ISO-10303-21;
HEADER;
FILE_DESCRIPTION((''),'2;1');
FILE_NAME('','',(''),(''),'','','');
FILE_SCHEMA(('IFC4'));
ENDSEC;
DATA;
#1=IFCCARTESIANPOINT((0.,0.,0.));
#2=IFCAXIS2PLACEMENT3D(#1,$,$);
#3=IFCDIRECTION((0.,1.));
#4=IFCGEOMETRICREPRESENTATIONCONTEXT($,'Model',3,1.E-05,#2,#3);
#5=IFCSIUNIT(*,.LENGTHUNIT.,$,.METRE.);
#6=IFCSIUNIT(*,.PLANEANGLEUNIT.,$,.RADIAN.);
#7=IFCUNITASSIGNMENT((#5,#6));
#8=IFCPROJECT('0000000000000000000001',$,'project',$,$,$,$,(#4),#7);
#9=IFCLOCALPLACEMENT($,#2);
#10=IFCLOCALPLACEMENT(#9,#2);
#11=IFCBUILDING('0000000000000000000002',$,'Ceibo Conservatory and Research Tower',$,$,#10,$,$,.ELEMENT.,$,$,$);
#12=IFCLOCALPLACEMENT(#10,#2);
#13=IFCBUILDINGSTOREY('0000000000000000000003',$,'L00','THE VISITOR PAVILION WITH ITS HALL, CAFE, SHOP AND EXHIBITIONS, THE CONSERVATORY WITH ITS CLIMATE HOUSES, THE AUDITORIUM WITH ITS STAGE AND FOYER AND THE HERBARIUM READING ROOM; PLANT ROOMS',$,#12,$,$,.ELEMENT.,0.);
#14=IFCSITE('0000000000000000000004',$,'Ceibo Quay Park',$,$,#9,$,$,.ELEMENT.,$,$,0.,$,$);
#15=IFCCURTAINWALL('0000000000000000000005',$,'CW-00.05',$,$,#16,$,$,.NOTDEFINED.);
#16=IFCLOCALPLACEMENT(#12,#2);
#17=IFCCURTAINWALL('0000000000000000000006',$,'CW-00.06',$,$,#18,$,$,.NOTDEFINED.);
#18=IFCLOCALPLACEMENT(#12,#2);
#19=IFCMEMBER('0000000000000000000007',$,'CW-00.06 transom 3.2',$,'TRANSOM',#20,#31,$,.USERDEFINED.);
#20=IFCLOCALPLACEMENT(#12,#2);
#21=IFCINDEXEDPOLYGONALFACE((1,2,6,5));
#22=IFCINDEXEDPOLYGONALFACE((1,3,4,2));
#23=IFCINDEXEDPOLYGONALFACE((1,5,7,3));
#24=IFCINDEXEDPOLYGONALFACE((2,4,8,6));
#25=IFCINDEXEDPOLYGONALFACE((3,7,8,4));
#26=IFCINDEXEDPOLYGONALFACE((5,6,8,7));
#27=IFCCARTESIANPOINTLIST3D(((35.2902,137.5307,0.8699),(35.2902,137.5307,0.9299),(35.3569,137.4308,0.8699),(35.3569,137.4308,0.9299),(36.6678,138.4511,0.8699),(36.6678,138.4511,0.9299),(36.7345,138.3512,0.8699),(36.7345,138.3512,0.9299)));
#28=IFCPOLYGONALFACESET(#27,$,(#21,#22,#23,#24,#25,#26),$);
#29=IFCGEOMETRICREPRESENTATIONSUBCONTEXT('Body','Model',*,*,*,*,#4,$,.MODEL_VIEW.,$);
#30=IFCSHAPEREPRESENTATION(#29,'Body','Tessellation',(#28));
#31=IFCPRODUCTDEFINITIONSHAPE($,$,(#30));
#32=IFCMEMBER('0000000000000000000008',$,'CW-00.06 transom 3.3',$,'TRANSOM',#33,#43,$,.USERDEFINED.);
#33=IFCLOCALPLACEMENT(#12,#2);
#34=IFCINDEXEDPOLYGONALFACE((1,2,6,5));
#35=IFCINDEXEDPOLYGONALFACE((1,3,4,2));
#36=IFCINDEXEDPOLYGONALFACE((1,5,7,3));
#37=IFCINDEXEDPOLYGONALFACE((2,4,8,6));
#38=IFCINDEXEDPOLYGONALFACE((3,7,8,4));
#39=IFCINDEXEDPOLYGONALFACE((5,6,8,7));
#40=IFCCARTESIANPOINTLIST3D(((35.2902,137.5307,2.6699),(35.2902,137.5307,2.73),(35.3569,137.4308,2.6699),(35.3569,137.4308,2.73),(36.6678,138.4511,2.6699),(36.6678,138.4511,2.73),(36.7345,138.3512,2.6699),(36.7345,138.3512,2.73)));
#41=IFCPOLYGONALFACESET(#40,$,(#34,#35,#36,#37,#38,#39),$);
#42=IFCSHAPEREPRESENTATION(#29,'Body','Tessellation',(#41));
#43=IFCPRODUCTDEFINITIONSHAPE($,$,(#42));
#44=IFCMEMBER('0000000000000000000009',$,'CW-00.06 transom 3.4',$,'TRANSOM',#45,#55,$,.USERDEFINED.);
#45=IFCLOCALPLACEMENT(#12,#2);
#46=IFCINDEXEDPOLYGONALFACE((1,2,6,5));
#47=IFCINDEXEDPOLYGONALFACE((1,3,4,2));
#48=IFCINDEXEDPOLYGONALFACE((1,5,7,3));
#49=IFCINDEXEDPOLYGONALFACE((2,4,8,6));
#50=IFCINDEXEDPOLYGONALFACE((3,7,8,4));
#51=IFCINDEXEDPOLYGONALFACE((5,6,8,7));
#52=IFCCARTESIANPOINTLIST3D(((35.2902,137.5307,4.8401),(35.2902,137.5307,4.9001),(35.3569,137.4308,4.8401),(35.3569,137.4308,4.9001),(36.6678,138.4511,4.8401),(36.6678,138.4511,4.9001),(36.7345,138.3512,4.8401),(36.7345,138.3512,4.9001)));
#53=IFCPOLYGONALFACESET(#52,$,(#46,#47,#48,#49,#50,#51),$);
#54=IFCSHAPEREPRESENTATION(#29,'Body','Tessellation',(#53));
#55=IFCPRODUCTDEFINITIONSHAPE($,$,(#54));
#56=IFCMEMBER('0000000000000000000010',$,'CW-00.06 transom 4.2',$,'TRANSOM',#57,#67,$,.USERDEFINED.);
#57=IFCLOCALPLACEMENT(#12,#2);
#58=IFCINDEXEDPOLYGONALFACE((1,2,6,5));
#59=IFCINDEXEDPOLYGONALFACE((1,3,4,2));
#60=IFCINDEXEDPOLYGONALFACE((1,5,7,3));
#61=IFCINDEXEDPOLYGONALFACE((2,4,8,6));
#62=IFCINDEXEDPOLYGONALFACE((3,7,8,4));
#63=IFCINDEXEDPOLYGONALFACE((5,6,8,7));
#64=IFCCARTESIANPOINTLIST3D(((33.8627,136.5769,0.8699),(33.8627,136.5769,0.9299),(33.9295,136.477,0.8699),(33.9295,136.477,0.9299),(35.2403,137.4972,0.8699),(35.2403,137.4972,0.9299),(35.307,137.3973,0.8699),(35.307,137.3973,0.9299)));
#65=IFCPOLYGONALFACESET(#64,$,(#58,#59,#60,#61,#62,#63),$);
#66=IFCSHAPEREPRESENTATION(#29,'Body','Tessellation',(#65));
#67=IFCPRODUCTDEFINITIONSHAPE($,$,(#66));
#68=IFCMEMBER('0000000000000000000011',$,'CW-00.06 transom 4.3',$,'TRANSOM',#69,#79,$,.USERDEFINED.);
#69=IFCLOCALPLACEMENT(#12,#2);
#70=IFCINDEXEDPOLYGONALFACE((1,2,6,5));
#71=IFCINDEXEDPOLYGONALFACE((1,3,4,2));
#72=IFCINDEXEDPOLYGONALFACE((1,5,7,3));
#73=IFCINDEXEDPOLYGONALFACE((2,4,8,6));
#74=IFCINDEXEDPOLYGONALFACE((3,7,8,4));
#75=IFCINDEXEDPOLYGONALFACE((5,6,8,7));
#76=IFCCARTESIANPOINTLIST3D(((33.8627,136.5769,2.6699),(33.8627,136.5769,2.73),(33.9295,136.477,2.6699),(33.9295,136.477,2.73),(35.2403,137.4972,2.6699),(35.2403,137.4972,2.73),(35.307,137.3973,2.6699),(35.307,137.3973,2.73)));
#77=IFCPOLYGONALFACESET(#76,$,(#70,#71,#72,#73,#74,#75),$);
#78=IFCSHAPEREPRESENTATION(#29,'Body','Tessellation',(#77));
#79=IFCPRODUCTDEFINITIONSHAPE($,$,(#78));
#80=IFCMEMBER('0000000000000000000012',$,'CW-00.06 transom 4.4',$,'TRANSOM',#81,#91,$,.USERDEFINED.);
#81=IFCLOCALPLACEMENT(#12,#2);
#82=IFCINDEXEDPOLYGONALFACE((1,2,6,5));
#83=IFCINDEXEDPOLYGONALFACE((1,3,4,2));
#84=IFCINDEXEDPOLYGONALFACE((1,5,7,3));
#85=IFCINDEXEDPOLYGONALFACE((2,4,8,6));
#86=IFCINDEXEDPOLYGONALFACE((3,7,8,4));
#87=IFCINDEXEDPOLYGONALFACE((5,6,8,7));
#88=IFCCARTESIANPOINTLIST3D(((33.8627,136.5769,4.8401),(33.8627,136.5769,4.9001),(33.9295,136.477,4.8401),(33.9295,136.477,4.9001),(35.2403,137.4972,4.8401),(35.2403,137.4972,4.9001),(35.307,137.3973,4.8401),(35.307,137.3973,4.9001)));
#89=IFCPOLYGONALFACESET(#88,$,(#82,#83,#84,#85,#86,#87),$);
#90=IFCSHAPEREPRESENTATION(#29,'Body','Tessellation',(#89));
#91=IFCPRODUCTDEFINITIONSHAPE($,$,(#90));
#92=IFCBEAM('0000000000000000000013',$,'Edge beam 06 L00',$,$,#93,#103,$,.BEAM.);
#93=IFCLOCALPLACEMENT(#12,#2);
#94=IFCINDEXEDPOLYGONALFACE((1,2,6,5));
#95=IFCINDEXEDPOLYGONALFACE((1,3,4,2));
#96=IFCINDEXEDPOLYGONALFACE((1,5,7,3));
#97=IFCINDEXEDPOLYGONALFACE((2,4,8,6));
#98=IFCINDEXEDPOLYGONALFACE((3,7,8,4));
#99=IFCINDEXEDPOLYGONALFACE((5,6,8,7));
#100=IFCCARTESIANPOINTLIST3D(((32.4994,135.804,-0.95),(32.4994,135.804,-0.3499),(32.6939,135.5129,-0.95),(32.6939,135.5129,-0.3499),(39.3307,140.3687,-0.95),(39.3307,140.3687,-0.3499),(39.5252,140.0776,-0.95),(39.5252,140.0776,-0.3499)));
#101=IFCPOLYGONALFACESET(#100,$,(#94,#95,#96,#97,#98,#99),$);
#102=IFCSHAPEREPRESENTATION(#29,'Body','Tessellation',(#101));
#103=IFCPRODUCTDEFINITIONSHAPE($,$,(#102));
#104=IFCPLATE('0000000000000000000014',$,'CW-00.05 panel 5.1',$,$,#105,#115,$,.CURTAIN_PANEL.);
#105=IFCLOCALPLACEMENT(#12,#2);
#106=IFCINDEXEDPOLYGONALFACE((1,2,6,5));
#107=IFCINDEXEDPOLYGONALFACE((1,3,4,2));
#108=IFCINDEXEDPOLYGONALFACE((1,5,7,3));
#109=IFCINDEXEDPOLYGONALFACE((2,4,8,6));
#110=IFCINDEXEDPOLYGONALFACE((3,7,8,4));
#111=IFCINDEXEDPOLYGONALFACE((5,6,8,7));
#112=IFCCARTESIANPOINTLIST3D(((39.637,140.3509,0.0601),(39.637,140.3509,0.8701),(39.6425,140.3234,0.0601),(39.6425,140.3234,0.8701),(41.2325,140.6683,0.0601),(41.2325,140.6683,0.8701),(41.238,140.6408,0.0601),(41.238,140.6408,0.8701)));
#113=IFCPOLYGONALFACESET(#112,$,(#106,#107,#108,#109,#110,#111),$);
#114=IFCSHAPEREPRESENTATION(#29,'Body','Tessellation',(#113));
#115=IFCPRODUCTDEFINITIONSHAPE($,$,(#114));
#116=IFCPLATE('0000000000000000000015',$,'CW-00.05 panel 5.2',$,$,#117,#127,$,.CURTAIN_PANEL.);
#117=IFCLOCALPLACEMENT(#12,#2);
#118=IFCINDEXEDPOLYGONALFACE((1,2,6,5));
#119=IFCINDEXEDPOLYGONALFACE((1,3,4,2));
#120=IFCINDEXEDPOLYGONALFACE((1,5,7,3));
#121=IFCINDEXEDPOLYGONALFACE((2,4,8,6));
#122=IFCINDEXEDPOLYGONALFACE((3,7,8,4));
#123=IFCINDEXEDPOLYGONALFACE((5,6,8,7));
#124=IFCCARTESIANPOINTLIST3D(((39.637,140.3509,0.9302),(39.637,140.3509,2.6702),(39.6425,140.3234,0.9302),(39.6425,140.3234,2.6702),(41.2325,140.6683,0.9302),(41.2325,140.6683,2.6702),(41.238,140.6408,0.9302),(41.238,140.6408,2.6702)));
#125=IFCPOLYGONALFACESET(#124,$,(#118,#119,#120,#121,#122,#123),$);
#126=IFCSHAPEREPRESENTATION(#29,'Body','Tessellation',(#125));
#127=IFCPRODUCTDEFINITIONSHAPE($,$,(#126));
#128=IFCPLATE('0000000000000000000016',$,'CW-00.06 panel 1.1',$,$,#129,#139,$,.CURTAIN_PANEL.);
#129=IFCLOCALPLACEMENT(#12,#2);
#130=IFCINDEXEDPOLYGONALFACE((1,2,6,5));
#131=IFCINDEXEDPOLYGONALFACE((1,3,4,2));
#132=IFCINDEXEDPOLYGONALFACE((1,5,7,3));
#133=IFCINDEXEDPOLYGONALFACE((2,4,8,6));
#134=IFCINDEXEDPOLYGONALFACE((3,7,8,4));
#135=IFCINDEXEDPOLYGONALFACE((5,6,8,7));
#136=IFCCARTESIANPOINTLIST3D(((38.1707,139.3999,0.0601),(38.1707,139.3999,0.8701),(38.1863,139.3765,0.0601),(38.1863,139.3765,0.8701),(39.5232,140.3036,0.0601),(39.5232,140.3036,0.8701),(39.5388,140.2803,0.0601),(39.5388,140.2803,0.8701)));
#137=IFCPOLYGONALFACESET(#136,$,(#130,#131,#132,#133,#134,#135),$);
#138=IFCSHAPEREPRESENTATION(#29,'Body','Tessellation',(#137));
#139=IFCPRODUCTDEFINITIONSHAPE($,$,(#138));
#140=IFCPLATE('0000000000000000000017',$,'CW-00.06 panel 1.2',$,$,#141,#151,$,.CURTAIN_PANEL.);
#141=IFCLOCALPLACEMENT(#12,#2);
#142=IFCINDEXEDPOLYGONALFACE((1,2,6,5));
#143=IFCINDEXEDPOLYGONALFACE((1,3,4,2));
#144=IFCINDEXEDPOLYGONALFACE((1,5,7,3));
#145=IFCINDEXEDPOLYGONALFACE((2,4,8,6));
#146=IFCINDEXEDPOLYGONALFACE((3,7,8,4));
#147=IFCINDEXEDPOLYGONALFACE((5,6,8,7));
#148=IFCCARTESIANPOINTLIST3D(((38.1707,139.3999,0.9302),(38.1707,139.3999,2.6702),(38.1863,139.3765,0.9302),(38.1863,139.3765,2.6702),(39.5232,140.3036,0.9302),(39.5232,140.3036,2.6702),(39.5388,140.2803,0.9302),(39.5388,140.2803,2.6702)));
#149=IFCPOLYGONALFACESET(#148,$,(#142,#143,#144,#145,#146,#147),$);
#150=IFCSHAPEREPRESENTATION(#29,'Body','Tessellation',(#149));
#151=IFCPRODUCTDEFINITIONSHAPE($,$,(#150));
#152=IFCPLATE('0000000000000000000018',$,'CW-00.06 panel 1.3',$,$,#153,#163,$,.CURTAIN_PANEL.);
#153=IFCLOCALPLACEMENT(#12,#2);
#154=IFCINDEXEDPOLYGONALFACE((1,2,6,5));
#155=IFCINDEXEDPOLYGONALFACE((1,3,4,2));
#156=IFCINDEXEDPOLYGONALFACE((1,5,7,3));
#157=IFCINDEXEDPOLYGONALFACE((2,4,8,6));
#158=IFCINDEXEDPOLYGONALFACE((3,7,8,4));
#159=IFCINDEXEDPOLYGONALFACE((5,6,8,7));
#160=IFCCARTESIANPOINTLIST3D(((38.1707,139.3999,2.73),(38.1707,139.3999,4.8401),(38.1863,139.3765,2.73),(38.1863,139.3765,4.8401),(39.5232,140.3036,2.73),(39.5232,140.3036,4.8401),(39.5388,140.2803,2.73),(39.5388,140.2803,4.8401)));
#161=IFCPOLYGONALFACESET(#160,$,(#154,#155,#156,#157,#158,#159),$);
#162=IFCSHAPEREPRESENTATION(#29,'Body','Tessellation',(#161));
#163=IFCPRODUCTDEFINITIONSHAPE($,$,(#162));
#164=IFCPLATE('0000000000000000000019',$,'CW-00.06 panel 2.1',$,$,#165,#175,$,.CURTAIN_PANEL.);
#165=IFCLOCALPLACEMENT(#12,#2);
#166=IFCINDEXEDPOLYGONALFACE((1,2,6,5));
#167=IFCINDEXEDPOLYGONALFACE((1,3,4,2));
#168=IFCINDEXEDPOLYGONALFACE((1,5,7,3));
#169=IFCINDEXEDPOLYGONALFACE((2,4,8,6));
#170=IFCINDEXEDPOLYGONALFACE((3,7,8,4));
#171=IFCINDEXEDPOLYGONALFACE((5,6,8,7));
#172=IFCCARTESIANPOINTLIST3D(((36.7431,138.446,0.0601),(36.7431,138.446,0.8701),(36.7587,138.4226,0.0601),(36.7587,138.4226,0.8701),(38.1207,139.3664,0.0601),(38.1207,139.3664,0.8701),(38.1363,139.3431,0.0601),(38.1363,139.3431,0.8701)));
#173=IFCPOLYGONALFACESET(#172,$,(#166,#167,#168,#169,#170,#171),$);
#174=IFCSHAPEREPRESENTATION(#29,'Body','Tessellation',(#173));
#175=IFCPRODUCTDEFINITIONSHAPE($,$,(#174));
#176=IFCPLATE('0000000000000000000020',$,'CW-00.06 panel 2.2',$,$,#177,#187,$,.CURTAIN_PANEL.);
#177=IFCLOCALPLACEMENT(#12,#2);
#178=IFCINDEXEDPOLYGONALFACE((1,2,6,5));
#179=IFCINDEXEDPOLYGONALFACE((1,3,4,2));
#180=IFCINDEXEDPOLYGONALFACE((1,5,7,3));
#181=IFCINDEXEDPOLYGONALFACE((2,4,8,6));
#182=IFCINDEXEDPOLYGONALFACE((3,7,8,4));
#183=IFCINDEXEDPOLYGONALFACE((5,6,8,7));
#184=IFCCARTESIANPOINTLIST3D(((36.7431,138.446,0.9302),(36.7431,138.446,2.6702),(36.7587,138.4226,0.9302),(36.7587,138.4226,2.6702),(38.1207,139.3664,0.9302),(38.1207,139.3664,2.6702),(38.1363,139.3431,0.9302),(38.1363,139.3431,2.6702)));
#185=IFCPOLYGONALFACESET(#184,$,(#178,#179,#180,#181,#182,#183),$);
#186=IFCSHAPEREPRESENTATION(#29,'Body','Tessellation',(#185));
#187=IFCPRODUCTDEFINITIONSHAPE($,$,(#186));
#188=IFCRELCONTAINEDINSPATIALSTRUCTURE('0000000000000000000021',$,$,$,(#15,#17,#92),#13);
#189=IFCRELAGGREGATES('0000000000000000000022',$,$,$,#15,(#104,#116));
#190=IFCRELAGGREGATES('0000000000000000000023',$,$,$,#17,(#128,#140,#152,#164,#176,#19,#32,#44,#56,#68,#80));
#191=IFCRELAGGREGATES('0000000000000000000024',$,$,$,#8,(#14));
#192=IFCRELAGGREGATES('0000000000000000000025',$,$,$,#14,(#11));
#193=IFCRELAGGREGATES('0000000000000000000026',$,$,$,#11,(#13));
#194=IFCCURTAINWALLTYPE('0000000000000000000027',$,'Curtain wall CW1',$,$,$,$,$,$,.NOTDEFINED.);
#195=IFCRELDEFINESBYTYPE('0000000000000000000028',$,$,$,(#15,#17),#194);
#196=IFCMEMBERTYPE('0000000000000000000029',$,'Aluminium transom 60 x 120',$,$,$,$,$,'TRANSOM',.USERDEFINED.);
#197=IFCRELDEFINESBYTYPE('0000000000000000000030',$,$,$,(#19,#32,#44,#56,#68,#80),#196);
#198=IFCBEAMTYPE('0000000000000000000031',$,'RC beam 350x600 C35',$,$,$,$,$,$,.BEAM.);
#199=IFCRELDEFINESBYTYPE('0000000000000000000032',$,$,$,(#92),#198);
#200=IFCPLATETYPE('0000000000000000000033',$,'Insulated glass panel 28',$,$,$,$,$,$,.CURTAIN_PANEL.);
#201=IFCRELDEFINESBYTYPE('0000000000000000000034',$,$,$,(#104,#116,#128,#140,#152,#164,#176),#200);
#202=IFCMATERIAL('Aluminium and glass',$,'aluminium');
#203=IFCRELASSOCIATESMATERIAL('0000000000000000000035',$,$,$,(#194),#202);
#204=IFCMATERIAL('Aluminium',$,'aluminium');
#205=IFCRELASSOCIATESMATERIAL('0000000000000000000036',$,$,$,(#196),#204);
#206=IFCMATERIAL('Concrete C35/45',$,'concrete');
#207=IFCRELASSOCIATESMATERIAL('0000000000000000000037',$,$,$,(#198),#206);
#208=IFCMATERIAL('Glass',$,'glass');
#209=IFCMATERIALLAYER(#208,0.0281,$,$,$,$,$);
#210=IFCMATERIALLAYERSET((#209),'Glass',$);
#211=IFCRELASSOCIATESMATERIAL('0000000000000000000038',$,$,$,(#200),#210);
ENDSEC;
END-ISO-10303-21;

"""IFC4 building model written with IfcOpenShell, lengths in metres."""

from ifc_helpers import new_model, si_unit, direction, frame, origin, origin_2d, place, context, subcontext, project, spatial, rectangle, extrude, material, layer, layer_set, material_profile, profile_set, type_object, element, aggregate, save


model = new_model("IFC4")

# Units and contexts
model_context = context("Model", 3, precision=1e-05, world=origin(), true_north=direction((0.0, 1.0)))
body_context = subcontext(model_context, "Body", "Model", "MODEL_VIEW")
ifc_project = project(units=[si_unit("LENGTHUNIT", "METRE"), si_unit("PLANEANGLEUNIT", "RADIAN")], contexts=[model_context])

# Site, building, storey
site_placement = place(None, origin())
site = spatial("IfcSite", under=ifc_project, at=site_placement, Name="Ceibo Quay Park", CompositionType="ELEMENT", RefElevation=0.0)
building_placement = place(site_placement, origin())
building = spatial("IfcBuilding", under=site, at=building_placement, Name="Ceibo Conservatory and Research Tower", CompositionType="ELEMENT")
storey_placement = place(building_placement, origin())
storey = spatial("IfcBuildingStorey", under=building, at=storey_placement, Name="L00", Description="THE VISITOR PAVILION WITH ITS HALL, CAFE, SHOP AND EXHIBITIONS, THE CONSERVATORY WITH ITS CLIMATE HOUSES, THE AUDITORIUM WITH ITS STAGE AND FOYER AND THE HERBARIUM READING ROOM; PLANT ROOMS", CompositionType="ELEMENT", Elevation=0.0)

# Curtain wall
ifc_material_1 = material(Name="Aluminium and glass", Category="aluminium")
curtain_wall_type = type_object("IfcCurtainWallType", Name="Curtain wall CW1", PredefinedType="NOTDEFINED", material=ifc_material_1)
curtain_wall_1_placement = place(storey_placement, origin())
curtain_wall_1 = element("IfcCurtainWall", 1, at=curtain_wall_1_placement, inside=storey, type_object=curtain_wall_type, Name="CW-00.05", PredefinedType="NOTDEFINED")
ifc_material_2 = material(Name="Aluminium", Category="aluminium")

# Curtain wall, members
curtain_wall_2_placement = place(storey_placement, origin())
curtain_wall_2 = element("IfcCurtainWall", 2, at=curtain_wall_2_placement, inside=storey, type_object=curtain_wall_type, Name="CW-00.06", PredefinedType="NOTDEFINED")
ifc_material_profile_1 = material_profile(ifc_material_2, rectangle(XDim=0.1201, YDim=0.0601, at=origin_2d()), Name="Aluminium 60 x 120")
ifc_profile_set_1 = profile_set([ifc_material_profile_1], Name="Aluminium")
member_type_1 = type_object("IfcMemberType", Name="Aluminium transom 60 x 120", ElementType="TRANSOM", PredefinedType="USERDEFINED", material=ifc_profile_set_1)
member_1_placement = place(storey_placement, frame((36.7012, 138.4011, 0.8999), z_axis=(-0.831506, -0.555516, 0.0), x_axis=(0.555516, -0.831506, 0.0)))
member_1 = element("IfcMember", 3, at=member_1_placement, type_object=member_type_1, Name="CW-00.06 transom 3.2", ObjectType="TRANSOM", PredefinedType="USERDEFINED", context=body_context, shape_type="SweptSolid", body=[
    extrude(rectangle(XDim=0.1201, YDim=0.0601, at=origin_2d()), origin(), (0.0, 0.0, 1.0), 1.6567),
])
member_2_placement = place(storey_placement, frame((36.7012, 138.4011, 2.7), z_axis=(-0.831506, -0.555516, 0.0), x_axis=(0.555516, -0.831506, 0.0)))
member_2 = element("IfcMember", 4, at=member_2_placement, type_object=member_type_1, Name="CW-00.06 transom 3.3", ObjectType="TRANSOM", PredefinedType="USERDEFINED", context=body_context, shape_type="SweptSolid", body=[
    extrude(rectangle(XDim=0.1201, YDim=0.0601, at=origin_2d()), origin(), (0.0, 0.0, 1.0), 1.6567),
])
member_3_placement = place(storey_placement, frame((36.7012, 138.4011, 4.8701), z_axis=(-0.831506, -0.555516, 0.0), x_axis=(0.555516, -0.831506, 0.0)))
member_3 = element("IfcMember", 5, at=member_3_placement, type_object=member_type_1, Name="CW-00.06 transom 3.4", ObjectType="TRANSOM", PredefinedType="USERDEFINED", context=body_context, shape_type="SweptSolid", body=[
    extrude(rectangle(XDim=0.1201, YDim=0.0601, at=origin_2d()), origin(), (0.0, 0.0, 1.0), 1.6567),
])
member_4_placement = place(storey_placement, frame((35.2737, 137.4473, 0.8999), z_axis=(-0.831506, -0.555516, 0.0), x_axis=(0.555516, -0.831506, 0.0)))
member_4 = element("IfcMember", 6, at=member_4_placement, type_object=member_type_1, Name="CW-00.06 transom 4.2", ObjectType="TRANSOM", PredefinedType="USERDEFINED", context=body_context, shape_type="SweptSolid", body=[
    extrude(rectangle(XDim=0.1201, YDim=0.0601, at=origin_2d()), origin(), (0.0, 0.0, 1.0), 1.6567),
])
member_5_placement = place(storey_placement, frame((35.2737, 137.4473, 2.7), z_axis=(-0.831506, -0.555516, 0.0), x_axis=(0.555516, -0.831506, 0.0)))
member_5 = element("IfcMember", 7, at=member_5_placement, type_object=member_type_1, Name="CW-00.06 transom 4.3", ObjectType="TRANSOM", PredefinedType="USERDEFINED", context=body_context, shape_type="SweptSolid", body=[
    extrude(rectangle(XDim=0.1201, YDim=0.0601, at=origin_2d()), origin(), (0.0, 0.0, 1.0), 1.6567),
])
member_6_placement = place(storey_placement, frame((35.2737, 137.4473, 4.8701), z_axis=(-0.831506, -0.555516, 0.0), x_axis=(0.555516, -0.831506, 0.0)))
member_6 = element("IfcMember", 8, at=member_6_placement, type_object=member_type_1, Name="CW-00.06 transom 4.4", ObjectType="TRANSOM", PredefinedType="USERDEFINED", context=body_context, shape_type="SweptSolid", body=[
    extrude(rectangle(XDim=0.1201, YDim=0.0601, at=origin_2d()), origin(), (0.0, 0.0, 1.0), 1.6567),
])

# Beam
ifc_material_3 = material(Name="Concrete C35/45", Category="concrete")
ifc_material_profile_2 = material_profile(ifc_material_3, rectangle(XDim=0.3501, YDim=0.6001, at=origin_2d()), Name="RC 350x600")
ifc_profile_set_2 = profile_set([ifc_material_profile_2], Name="Concrete C35/45")
beam_type = type_object("IfcBeamType", Name="RC beam 350x600 C35", PredefinedType="BEAM", material=ifc_profile_set_2)
beam_placement = place(storey_placement, frame((39.428, 140.2231, -0.6499), z_axis=(-0.83146, -0.555584, 0.0), x_axis=(0.555584, -0.83146, 0.0)))
element("IfcBeam", 9, at=beam_placement, inside=storey, type_object=beam_type, Name="Edge beam 06 L00", PredefinedType="BEAM", context=body_context, shape_type="SweptSolid", body=[
    extrude(rectangle(XDim=0.3501, YDim=0.6001, at=origin_2d()), origin(), (0.0, 0.0, 1.0), 8.2161),
])

# Plates
ifc_material_4 = material(Name="Glass", Category="glass")
ifc_layer = layer(ifc_material_4, 0.0281)
ifc_layer_set = layer_set([ifc_layer], Name="Glass")
plate_type = type_object("IfcPlateType", Name="Insulated glass panel 28", PredefinedType="CURTAIN_PANEL", material=ifc_layer_set)
plate_1_placement = place(storey_placement, frame((40.4375, 140.4958, 0.0601), z_axis=(0.0, 0.0, 1.0), x_axis=(-0.980785, -0.19509, 0.0)))
plate_1 = element("IfcPlate", 10, at=plate_1_placement, type_object=plate_type, Name="CW-00.05 panel 5.1", PredefinedType="CURTAIN_PANEL", context=body_context, shape_type="SweptSolid", body=[
    extrude(rectangle(XDim=1.6267, YDim=0.0281, at=origin_2d()), origin(), (0.0, 0.0, 1.0), 0.8101),
])
plate_2_placement = place(storey_placement, frame((40.4375, 140.4958, 0.9302), z_axis=(0.0, 0.0, 1.0), x_axis=(-0.980785, -0.19509, 0.0)))
plate_2 = element("IfcPlate", 11, at=plate_2_placement, type_object=plate_type, Name="CW-00.05 panel 5.2", PredefinedType="CURTAIN_PANEL", context=body_context, shape_type="SweptSolid", body=[
    extrude(rectangle(XDim=1.6267, YDim=0.0281, at=origin_2d()), origin(), (0.0, 0.0, 1.0), 1.74),
])
aggregate(curtain_wall_1, [plate_1, plate_2])
plate_3_placement = place(storey_placement, frame((38.8547, 139.8401, 0.0601), z_axis=(0.0, 0.0, 1.0), x_axis=(-0.83147, -0.55557, 0.0)))
plate_3 = element("IfcPlate", 12, at=plate_3_placement, type_object=plate_type, Name="CW-00.06 panel 1.1", PredefinedType="CURTAIN_PANEL", context=body_context, shape_type="SweptSolid", body=[
    extrude(rectangle(XDim=1.6267, YDim=0.0281, at=origin_2d()), origin(), (0.0, 0.0, 1.0), 0.8101),
])
plate_4_placement = place(storey_placement, frame((38.8547, 139.8401, 0.9302), z_axis=(0.0, 0.0, 1.0), x_axis=(-0.83147, -0.55557, 0.0)))
plate_4 = element("IfcPlate", 13, at=plate_4_placement, type_object=plate_type, Name="CW-00.06 panel 1.2", PredefinedType="CURTAIN_PANEL", context=body_context, shape_type="SweptSolid", body=[
    extrude(rectangle(XDim=1.6267, YDim=0.0281, at=origin_2d()), origin(), (0.0, 0.0, 1.0), 1.74),
])
plate_5_placement = place(storey_placement, frame((38.8547, 139.8401, 2.73), z_axis=(0.0, 0.0, 1.0), x_axis=(-0.83147, -0.55557, 0.0)))
plate_5 = element("IfcPlate", 14, at=plate_5_placement, type_object=plate_type, Name="CW-00.06 panel 1.3", PredefinedType="CURTAIN_PANEL", context=body_context, shape_type="SweptSolid", body=[
    extrude(rectangle(XDim=1.6267, YDim=0.0281, at=origin_2d()), origin(), (0.0, 0.0, 1.0), 2.1101),
])
plate_6_placement = place(storey_placement, frame((37.4397, 138.8945, 0.0601), z_axis=(0.0, 0.0, 1.0), x_axis=(-0.83147, -0.55557, 0.0)))
plate_6 = element("IfcPlate", 15, at=plate_6_placement, type_object=plate_type, Name="CW-00.06 panel 2.1", PredefinedType="CURTAIN_PANEL", context=body_context, shape_type="SweptSolid", body=[
    extrude(rectangle(XDim=1.6567, YDim=0.0281, at=origin_2d()), origin(), (0.0, 0.0, 1.0), 0.8101),
])
plate_7_placement = place(storey_placement, frame((37.4397, 138.8945, 0.9302), z_axis=(0.0, 0.0, 1.0), x_axis=(-0.83147, -0.55557, 0.0)))
plate_7 = element("IfcPlate", 16, at=plate_7_placement, type_object=plate_type, Name="CW-00.06 panel 2.2", PredefinedType="CURTAIN_PANEL", context=body_context, shape_type="SweptSolid", body=[
    extrude(rectangle(XDim=1.6567, YDim=0.0281, at=origin_2d()), origin(), (0.0, 0.0, 1.0), 1.74),
])
aggregate(curtain_wall_2, [plate_3, plate_4, plate_5, plate_6, plate_7, member_1, member_2, member_3, member_4, member_5, member_6])

save(model, "model.ifc")
